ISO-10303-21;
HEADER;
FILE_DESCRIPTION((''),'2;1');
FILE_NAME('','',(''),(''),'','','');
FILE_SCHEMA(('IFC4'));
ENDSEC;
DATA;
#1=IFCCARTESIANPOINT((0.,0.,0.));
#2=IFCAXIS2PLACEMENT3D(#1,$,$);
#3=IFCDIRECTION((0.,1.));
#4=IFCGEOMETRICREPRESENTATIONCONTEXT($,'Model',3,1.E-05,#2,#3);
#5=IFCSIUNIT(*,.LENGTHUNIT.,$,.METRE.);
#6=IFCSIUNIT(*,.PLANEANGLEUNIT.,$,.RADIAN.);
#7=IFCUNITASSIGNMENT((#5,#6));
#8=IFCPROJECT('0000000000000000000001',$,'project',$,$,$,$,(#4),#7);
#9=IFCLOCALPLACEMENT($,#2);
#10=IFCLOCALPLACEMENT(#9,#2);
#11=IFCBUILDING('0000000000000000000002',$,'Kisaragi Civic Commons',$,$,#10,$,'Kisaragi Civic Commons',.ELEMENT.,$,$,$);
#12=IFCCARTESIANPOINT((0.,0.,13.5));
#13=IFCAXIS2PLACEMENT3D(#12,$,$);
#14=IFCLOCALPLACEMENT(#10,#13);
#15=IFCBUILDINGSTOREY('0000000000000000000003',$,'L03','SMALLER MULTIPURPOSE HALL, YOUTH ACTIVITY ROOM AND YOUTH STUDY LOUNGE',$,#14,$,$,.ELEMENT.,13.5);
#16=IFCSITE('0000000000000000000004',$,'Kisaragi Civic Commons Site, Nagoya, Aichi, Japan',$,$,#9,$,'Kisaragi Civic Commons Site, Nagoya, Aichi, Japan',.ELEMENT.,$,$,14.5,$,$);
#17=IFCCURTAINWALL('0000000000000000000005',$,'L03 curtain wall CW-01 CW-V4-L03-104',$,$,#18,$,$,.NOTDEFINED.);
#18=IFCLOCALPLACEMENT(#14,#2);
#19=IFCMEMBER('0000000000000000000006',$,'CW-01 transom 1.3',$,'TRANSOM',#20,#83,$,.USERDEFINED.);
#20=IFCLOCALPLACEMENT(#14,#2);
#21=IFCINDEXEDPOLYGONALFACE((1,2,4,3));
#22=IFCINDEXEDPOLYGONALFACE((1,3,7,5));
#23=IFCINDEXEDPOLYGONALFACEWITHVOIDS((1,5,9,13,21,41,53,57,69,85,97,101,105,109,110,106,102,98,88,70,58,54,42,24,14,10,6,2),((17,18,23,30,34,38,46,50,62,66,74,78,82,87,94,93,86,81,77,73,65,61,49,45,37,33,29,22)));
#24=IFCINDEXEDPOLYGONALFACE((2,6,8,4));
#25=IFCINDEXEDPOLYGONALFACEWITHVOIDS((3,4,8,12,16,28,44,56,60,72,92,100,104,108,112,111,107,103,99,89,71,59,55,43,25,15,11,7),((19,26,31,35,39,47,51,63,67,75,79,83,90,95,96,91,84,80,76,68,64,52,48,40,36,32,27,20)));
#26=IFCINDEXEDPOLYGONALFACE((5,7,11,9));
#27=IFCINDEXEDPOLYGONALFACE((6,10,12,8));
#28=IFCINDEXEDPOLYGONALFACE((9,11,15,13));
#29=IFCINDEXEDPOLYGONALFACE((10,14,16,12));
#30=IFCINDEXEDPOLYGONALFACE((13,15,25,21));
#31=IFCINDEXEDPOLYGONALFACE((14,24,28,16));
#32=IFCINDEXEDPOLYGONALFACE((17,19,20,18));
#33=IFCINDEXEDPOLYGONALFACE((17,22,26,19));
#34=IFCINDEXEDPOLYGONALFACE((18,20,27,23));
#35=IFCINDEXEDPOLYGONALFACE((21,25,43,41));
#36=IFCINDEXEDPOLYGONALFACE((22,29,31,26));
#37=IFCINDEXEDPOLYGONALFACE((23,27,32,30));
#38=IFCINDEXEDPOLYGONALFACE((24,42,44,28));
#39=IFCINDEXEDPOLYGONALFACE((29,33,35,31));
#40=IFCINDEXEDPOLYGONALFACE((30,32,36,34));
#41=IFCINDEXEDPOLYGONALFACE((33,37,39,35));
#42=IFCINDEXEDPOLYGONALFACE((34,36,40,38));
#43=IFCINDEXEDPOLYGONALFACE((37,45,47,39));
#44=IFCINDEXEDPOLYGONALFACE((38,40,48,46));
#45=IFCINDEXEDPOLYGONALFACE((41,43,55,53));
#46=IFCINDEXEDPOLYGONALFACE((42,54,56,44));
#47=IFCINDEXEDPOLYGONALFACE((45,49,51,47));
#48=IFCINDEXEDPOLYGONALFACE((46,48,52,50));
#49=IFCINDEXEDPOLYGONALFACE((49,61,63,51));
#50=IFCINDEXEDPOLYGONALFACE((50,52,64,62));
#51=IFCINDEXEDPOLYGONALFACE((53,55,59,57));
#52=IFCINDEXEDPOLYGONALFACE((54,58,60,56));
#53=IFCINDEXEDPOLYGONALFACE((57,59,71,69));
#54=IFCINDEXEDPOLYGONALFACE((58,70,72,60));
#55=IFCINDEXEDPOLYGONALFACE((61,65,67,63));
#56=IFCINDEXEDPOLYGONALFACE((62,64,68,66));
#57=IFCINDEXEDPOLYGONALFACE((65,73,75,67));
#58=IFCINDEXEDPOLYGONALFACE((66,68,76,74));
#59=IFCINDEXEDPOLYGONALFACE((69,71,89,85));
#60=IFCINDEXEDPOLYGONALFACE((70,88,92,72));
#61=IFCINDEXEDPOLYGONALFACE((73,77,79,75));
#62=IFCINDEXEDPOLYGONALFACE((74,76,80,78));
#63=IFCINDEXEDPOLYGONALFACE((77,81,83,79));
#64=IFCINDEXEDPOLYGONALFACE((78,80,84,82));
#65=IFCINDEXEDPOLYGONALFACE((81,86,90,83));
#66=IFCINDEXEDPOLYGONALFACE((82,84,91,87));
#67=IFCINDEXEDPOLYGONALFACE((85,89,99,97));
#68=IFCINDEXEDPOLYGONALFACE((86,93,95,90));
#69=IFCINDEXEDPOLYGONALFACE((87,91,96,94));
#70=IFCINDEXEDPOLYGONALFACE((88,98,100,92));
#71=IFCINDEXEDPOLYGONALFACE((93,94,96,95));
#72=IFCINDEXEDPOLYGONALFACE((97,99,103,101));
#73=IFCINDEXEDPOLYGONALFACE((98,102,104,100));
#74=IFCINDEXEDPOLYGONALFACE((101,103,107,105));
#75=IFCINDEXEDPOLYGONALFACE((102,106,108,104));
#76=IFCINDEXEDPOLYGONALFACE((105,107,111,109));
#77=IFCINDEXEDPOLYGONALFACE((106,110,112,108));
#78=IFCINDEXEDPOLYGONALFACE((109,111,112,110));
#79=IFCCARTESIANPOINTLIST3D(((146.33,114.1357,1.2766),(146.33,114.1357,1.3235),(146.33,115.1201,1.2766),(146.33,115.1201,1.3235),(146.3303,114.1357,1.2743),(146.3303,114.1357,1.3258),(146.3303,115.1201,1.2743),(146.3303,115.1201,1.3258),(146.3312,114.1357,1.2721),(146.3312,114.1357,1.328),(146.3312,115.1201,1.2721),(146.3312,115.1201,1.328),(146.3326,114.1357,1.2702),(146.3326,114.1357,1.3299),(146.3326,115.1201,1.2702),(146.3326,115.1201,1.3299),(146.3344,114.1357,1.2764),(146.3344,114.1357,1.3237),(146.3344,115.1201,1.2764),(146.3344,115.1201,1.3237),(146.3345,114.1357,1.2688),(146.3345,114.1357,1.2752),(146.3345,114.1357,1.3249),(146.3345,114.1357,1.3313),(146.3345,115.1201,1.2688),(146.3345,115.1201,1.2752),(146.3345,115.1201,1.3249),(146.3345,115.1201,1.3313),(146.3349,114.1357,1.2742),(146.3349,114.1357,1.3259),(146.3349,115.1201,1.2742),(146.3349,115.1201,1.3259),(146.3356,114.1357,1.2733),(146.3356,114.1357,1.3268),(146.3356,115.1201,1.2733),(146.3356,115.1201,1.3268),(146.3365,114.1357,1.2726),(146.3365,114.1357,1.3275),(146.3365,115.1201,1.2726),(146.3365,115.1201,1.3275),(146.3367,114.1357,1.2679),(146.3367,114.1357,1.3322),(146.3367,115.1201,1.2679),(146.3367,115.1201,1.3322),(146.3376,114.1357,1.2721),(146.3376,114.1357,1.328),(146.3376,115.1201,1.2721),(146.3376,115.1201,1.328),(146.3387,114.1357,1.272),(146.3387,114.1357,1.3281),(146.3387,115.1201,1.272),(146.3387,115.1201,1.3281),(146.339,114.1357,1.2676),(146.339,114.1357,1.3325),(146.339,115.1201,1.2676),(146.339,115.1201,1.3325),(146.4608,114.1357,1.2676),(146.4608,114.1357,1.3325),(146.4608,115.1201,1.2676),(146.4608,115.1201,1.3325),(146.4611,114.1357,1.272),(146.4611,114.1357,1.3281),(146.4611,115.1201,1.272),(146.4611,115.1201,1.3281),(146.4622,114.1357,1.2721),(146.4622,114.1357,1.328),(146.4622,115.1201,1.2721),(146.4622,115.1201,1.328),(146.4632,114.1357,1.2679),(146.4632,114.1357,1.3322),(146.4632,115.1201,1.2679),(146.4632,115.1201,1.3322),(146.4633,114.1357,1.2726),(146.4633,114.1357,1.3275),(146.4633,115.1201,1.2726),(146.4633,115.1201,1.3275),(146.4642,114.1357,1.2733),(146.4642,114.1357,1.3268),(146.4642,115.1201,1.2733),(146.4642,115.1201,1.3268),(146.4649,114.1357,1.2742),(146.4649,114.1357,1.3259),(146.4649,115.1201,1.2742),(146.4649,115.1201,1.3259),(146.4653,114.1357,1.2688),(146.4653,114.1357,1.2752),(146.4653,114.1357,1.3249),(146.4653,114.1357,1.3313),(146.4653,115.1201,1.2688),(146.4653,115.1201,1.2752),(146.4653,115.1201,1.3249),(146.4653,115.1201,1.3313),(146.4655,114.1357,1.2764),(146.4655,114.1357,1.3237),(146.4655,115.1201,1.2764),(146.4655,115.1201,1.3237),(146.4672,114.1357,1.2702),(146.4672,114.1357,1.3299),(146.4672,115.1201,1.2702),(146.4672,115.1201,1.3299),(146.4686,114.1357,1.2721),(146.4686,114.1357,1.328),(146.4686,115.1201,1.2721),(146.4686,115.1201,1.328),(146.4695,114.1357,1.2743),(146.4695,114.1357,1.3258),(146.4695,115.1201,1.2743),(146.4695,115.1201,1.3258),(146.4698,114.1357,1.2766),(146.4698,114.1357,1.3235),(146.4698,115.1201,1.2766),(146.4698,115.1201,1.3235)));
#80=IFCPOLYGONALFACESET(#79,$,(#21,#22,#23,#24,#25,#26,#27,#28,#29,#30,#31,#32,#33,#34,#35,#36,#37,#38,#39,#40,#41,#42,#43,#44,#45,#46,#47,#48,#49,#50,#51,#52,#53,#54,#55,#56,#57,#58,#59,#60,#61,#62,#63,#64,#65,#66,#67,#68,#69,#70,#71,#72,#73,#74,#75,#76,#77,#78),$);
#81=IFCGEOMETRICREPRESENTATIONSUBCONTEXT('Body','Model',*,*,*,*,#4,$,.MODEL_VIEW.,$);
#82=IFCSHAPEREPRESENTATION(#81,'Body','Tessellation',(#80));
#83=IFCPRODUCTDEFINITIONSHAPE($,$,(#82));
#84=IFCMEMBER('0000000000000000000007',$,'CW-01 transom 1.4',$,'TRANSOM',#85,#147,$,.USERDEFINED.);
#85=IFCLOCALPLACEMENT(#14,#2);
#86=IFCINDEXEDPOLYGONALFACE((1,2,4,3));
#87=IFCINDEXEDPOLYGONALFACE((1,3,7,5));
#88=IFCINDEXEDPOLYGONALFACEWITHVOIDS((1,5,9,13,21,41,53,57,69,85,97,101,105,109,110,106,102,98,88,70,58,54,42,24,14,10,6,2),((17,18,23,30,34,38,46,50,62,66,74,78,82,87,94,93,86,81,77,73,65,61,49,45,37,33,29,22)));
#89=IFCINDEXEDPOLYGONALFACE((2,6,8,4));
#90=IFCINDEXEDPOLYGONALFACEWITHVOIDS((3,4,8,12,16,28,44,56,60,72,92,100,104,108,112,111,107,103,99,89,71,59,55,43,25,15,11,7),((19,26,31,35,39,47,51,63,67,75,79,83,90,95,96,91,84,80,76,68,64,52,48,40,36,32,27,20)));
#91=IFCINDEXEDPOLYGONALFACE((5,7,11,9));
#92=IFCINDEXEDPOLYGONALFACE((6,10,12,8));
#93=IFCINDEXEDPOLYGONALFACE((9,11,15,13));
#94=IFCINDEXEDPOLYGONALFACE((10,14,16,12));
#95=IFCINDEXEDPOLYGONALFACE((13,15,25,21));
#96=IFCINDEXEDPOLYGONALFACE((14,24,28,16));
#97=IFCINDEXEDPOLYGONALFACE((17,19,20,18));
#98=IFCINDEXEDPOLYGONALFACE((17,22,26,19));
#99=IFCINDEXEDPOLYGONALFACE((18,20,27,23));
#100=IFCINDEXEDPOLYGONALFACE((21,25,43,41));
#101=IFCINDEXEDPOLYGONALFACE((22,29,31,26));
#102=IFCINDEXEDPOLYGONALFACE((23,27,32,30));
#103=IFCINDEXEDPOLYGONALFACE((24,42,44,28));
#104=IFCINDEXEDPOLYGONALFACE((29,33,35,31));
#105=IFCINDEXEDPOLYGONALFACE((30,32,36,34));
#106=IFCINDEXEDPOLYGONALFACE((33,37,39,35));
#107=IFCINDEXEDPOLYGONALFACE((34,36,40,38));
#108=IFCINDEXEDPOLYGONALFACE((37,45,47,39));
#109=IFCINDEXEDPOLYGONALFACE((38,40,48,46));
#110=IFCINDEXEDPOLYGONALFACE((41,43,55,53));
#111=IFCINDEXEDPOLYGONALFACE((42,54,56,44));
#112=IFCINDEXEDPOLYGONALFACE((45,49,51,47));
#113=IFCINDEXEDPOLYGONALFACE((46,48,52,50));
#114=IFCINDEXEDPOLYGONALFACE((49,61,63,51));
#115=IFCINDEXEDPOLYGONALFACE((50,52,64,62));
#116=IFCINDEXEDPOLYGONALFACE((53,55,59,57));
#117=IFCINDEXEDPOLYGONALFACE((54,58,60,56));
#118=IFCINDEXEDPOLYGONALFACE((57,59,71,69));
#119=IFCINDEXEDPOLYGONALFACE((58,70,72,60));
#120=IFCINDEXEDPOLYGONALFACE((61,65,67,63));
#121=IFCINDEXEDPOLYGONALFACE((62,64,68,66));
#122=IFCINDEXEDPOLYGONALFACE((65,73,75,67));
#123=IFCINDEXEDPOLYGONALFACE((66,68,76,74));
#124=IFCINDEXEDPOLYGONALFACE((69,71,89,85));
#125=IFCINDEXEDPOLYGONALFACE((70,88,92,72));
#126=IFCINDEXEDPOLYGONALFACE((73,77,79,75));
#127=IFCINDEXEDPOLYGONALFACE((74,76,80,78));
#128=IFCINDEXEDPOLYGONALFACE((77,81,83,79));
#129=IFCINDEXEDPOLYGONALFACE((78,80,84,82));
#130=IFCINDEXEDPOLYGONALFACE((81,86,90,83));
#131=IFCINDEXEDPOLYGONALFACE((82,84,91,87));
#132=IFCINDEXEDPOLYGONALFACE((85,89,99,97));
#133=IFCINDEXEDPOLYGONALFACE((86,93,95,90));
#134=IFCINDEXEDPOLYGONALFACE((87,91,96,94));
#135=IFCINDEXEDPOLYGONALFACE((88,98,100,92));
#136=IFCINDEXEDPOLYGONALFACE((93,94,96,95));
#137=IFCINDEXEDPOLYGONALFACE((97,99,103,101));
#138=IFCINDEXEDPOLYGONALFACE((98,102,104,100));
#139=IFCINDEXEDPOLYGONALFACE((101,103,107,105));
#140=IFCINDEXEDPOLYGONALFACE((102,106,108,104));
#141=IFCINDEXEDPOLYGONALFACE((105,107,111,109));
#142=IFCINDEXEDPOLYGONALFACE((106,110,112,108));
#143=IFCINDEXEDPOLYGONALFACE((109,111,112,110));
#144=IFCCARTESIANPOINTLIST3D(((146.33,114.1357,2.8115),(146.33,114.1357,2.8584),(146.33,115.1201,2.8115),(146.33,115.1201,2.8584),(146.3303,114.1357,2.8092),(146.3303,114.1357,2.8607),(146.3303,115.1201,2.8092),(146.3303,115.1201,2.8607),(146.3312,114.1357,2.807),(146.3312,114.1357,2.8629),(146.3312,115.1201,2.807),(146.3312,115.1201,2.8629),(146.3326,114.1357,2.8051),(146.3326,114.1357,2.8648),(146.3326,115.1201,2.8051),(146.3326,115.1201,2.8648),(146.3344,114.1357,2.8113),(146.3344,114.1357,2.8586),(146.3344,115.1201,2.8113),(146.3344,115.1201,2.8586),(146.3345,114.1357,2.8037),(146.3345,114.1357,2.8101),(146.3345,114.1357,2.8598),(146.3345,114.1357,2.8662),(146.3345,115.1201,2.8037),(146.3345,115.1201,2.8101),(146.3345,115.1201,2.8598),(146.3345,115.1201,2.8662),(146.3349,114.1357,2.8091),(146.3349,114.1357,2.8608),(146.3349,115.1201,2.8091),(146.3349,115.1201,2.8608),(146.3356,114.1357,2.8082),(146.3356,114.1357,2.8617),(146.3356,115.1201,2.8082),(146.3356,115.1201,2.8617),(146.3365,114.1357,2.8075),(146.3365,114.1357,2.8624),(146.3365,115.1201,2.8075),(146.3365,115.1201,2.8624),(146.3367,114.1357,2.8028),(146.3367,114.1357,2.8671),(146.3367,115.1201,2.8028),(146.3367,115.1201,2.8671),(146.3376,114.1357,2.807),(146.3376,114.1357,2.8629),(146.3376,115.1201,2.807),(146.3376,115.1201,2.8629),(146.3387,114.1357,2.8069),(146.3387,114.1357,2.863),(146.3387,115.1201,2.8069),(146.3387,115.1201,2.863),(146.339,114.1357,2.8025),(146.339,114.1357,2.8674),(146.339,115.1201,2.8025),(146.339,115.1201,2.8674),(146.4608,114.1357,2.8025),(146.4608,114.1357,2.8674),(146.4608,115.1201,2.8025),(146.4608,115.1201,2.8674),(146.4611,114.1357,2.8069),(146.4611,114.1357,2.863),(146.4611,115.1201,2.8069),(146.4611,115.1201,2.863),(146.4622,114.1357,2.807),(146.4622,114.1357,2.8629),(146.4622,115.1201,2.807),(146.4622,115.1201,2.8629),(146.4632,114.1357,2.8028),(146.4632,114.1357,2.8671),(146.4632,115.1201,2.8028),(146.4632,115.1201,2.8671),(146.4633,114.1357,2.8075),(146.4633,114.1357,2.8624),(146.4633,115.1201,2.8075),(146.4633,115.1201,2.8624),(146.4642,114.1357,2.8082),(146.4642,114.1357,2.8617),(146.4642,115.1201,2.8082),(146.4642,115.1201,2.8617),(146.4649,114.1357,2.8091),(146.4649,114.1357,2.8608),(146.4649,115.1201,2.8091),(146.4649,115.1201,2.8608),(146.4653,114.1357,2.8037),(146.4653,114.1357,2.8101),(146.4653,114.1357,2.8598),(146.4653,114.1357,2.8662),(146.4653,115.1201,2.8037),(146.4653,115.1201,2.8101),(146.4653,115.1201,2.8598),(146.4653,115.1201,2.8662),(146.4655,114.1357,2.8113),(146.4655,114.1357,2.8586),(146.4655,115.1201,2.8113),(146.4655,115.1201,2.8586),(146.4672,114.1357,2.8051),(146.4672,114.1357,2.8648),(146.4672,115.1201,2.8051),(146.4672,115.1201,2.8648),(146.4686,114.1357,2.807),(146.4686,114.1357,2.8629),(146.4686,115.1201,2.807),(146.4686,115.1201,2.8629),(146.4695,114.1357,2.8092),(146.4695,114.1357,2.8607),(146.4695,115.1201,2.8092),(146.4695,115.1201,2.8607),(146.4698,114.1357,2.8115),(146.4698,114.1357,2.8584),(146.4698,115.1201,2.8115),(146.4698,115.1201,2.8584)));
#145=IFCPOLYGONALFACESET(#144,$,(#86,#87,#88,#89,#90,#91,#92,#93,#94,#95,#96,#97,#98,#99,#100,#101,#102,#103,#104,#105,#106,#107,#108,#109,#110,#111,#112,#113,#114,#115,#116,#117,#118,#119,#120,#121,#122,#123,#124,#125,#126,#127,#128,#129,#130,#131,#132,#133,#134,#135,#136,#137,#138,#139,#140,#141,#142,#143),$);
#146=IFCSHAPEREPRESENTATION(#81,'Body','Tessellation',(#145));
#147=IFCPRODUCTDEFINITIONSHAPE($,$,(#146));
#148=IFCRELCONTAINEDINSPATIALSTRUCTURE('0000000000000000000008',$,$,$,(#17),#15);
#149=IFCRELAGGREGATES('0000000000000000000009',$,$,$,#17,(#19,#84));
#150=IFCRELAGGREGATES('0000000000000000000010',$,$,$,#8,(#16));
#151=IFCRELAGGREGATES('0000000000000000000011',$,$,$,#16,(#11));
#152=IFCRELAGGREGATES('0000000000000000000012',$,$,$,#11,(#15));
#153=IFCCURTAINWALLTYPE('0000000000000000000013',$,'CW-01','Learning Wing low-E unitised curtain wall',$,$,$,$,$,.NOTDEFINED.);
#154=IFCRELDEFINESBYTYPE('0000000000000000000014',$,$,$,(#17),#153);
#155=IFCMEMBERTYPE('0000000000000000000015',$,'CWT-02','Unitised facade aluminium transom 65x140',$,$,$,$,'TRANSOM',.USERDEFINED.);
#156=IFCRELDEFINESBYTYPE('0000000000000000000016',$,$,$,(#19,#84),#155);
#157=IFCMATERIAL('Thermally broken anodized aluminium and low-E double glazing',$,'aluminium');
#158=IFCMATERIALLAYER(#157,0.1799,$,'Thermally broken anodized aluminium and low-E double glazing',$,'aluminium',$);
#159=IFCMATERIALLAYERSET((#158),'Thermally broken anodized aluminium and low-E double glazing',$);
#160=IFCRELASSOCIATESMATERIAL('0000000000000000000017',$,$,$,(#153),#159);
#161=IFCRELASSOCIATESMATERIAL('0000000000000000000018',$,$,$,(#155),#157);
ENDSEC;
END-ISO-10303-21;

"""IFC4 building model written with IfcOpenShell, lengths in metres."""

from ifc_helpers import new_model, si_unit, direction, frame, origin, origin_2d, place, context, subcontext, project, spatial, hollow_rectangle, extrude, material, layer, layer_set, material_profile, profile_set, type_object, element, aggregate, save


model = new_model("IFC4")

# Units and contexts
model_context = context("Model", 3, precision=1e-05, world=origin(), true_north=direction((0.0, 1.0)))
body_context = subcontext(model_context, "Body", "Model", "MODEL_VIEW")
ifc_project = project(units=[si_unit("LENGTHUNIT", "METRE"), si_unit("PLANEANGLEUNIT", "RADIAN")], contexts=[model_context])

# Site, building, storey
site_placement = place(None, origin())
site = spatial("IfcSite", under=ifc_project, at=site_placement, Name="Kisaragi Civic Commons Site, Nagoya, Aichi, Japan", LongName="Kisaragi Civic Commons Site, Nagoya, Aichi, Japan", CompositionType="ELEMENT", RefElevation=14.5)
building_placement = place(site_placement, origin())
building = spatial("IfcBuilding", under=site, at=building_placement, Name="Kisaragi Civic Commons", LongName="Kisaragi Civic Commons", CompositionType="ELEMENT")
storey_placement = place(building_placement, frame((0.0, 0.0, 13.5)))
storey = spatial("IfcBuildingStorey", under=building, at=storey_placement, Name="L03", Description="SMALLER MULTIPURPOSE HALL, YOUTH ACTIVITY ROOM AND YOUTH STUDY LOUNGE", CompositionType="ELEMENT", Elevation=13.5)

# Curtain wall
ifc_material = material(Name="Thermally broken anodized aluminium and low-E double glazing", Category="aluminium")
ifc_layer_1 = layer(ifc_material, 0.1799, Name="Thermally broken anodized aluminium and low-E double glazing", Category="aluminium")
ifc_layer_set_1 = layer_set([ifc_layer_1], Name="Thermally broken anodized aluminium and low-E double glazing")
curtain_wall_type = type_object("IfcCurtainWallType", Name="CW-01", Description="Learning Wing low-E unitised curtain wall", PredefinedType="NOTDEFINED", material=ifc_layer_set_1)
curtain_wall_1_placement = place(storey_placement, origin())
curtain_wall_1 = element("IfcCurtainWall", 1, at=curtain_wall_1_placement, inside=storey, type_object=curtain_wall_type, Name="L03 curtain wall CW-01 CW-V4-L03-104", PredefinedType="NOTDEFINED")

# Members
ifc_material_profile_1 = material_profile(ifc_material, hollow_rectangle(XDim=0.1399, YDim=0.0649, WallThickness=0.0044, InnerFilletRadius=0.0044, OuterFilletRadius=0.009, at=origin_2d()), Name="CWT-65x140x4.5", Category="aluminium")
ifc_profile_set_1 = profile_set([ifc_material_profile_1], Name="Thermally broken anodized aluminium and low-E double glazing")
member_type_1 = type_object("IfcMemberType", Name="CWT-02", Description="Unitised facade aluminium transom 65x140", ElementType="TRANSOM", PredefinedType="USERDEFINED", material=ifc_profile_set_1)
member_1_placement = place(storey_placement, frame((146.3999, 115.1201, 1.3), z_axis=(0.0, -1.0, 0.0), x_axis=(1.0, 0.0, 0.0)))
member_1 = element("IfcMember", 2, at=member_1_placement, type_object=member_type_1, Name="CW-01 transom 1.3", ObjectType="TRANSOM", PredefinedType="USERDEFINED", context=body_context, shape_type="SweptSolid", body=[
    extrude(hollow_rectangle(XDim=0.1399, YDim=0.0649, WallThickness=0.0044, InnerFilletRadius=0.0044, OuterFilletRadius=0.009, at=origin_2d()), origin(), (0.0, 0.0, 1.0), 0.9844),
])
member_2_placement = place(storey_placement, frame((146.3999, 115.1201, 2.835), z_axis=(0.0, -1.0, 0.0), x_axis=(1.0, 0.0, 0.0)))
member_2 = element("IfcMember", 3, at=member_2_placement, type_object=member_type_1, Name="CW-01 transom 1.4", ObjectType="TRANSOM", PredefinedType="USERDEFINED", context=body_context, shape_type="SweptSolid", body=[
    extrude(hollow_rectangle(XDim=0.1399, YDim=0.0649, WallThickness=0.0044, InnerFilletRadius=0.0044, OuterFilletRadius=0.009, at=origin_2d()), origin(), (0.0, 0.0, 1.0), 0.9844),
])

aggregate(curtain_wall_1, [member_1, member_2])

save(model, "model.ifc")
